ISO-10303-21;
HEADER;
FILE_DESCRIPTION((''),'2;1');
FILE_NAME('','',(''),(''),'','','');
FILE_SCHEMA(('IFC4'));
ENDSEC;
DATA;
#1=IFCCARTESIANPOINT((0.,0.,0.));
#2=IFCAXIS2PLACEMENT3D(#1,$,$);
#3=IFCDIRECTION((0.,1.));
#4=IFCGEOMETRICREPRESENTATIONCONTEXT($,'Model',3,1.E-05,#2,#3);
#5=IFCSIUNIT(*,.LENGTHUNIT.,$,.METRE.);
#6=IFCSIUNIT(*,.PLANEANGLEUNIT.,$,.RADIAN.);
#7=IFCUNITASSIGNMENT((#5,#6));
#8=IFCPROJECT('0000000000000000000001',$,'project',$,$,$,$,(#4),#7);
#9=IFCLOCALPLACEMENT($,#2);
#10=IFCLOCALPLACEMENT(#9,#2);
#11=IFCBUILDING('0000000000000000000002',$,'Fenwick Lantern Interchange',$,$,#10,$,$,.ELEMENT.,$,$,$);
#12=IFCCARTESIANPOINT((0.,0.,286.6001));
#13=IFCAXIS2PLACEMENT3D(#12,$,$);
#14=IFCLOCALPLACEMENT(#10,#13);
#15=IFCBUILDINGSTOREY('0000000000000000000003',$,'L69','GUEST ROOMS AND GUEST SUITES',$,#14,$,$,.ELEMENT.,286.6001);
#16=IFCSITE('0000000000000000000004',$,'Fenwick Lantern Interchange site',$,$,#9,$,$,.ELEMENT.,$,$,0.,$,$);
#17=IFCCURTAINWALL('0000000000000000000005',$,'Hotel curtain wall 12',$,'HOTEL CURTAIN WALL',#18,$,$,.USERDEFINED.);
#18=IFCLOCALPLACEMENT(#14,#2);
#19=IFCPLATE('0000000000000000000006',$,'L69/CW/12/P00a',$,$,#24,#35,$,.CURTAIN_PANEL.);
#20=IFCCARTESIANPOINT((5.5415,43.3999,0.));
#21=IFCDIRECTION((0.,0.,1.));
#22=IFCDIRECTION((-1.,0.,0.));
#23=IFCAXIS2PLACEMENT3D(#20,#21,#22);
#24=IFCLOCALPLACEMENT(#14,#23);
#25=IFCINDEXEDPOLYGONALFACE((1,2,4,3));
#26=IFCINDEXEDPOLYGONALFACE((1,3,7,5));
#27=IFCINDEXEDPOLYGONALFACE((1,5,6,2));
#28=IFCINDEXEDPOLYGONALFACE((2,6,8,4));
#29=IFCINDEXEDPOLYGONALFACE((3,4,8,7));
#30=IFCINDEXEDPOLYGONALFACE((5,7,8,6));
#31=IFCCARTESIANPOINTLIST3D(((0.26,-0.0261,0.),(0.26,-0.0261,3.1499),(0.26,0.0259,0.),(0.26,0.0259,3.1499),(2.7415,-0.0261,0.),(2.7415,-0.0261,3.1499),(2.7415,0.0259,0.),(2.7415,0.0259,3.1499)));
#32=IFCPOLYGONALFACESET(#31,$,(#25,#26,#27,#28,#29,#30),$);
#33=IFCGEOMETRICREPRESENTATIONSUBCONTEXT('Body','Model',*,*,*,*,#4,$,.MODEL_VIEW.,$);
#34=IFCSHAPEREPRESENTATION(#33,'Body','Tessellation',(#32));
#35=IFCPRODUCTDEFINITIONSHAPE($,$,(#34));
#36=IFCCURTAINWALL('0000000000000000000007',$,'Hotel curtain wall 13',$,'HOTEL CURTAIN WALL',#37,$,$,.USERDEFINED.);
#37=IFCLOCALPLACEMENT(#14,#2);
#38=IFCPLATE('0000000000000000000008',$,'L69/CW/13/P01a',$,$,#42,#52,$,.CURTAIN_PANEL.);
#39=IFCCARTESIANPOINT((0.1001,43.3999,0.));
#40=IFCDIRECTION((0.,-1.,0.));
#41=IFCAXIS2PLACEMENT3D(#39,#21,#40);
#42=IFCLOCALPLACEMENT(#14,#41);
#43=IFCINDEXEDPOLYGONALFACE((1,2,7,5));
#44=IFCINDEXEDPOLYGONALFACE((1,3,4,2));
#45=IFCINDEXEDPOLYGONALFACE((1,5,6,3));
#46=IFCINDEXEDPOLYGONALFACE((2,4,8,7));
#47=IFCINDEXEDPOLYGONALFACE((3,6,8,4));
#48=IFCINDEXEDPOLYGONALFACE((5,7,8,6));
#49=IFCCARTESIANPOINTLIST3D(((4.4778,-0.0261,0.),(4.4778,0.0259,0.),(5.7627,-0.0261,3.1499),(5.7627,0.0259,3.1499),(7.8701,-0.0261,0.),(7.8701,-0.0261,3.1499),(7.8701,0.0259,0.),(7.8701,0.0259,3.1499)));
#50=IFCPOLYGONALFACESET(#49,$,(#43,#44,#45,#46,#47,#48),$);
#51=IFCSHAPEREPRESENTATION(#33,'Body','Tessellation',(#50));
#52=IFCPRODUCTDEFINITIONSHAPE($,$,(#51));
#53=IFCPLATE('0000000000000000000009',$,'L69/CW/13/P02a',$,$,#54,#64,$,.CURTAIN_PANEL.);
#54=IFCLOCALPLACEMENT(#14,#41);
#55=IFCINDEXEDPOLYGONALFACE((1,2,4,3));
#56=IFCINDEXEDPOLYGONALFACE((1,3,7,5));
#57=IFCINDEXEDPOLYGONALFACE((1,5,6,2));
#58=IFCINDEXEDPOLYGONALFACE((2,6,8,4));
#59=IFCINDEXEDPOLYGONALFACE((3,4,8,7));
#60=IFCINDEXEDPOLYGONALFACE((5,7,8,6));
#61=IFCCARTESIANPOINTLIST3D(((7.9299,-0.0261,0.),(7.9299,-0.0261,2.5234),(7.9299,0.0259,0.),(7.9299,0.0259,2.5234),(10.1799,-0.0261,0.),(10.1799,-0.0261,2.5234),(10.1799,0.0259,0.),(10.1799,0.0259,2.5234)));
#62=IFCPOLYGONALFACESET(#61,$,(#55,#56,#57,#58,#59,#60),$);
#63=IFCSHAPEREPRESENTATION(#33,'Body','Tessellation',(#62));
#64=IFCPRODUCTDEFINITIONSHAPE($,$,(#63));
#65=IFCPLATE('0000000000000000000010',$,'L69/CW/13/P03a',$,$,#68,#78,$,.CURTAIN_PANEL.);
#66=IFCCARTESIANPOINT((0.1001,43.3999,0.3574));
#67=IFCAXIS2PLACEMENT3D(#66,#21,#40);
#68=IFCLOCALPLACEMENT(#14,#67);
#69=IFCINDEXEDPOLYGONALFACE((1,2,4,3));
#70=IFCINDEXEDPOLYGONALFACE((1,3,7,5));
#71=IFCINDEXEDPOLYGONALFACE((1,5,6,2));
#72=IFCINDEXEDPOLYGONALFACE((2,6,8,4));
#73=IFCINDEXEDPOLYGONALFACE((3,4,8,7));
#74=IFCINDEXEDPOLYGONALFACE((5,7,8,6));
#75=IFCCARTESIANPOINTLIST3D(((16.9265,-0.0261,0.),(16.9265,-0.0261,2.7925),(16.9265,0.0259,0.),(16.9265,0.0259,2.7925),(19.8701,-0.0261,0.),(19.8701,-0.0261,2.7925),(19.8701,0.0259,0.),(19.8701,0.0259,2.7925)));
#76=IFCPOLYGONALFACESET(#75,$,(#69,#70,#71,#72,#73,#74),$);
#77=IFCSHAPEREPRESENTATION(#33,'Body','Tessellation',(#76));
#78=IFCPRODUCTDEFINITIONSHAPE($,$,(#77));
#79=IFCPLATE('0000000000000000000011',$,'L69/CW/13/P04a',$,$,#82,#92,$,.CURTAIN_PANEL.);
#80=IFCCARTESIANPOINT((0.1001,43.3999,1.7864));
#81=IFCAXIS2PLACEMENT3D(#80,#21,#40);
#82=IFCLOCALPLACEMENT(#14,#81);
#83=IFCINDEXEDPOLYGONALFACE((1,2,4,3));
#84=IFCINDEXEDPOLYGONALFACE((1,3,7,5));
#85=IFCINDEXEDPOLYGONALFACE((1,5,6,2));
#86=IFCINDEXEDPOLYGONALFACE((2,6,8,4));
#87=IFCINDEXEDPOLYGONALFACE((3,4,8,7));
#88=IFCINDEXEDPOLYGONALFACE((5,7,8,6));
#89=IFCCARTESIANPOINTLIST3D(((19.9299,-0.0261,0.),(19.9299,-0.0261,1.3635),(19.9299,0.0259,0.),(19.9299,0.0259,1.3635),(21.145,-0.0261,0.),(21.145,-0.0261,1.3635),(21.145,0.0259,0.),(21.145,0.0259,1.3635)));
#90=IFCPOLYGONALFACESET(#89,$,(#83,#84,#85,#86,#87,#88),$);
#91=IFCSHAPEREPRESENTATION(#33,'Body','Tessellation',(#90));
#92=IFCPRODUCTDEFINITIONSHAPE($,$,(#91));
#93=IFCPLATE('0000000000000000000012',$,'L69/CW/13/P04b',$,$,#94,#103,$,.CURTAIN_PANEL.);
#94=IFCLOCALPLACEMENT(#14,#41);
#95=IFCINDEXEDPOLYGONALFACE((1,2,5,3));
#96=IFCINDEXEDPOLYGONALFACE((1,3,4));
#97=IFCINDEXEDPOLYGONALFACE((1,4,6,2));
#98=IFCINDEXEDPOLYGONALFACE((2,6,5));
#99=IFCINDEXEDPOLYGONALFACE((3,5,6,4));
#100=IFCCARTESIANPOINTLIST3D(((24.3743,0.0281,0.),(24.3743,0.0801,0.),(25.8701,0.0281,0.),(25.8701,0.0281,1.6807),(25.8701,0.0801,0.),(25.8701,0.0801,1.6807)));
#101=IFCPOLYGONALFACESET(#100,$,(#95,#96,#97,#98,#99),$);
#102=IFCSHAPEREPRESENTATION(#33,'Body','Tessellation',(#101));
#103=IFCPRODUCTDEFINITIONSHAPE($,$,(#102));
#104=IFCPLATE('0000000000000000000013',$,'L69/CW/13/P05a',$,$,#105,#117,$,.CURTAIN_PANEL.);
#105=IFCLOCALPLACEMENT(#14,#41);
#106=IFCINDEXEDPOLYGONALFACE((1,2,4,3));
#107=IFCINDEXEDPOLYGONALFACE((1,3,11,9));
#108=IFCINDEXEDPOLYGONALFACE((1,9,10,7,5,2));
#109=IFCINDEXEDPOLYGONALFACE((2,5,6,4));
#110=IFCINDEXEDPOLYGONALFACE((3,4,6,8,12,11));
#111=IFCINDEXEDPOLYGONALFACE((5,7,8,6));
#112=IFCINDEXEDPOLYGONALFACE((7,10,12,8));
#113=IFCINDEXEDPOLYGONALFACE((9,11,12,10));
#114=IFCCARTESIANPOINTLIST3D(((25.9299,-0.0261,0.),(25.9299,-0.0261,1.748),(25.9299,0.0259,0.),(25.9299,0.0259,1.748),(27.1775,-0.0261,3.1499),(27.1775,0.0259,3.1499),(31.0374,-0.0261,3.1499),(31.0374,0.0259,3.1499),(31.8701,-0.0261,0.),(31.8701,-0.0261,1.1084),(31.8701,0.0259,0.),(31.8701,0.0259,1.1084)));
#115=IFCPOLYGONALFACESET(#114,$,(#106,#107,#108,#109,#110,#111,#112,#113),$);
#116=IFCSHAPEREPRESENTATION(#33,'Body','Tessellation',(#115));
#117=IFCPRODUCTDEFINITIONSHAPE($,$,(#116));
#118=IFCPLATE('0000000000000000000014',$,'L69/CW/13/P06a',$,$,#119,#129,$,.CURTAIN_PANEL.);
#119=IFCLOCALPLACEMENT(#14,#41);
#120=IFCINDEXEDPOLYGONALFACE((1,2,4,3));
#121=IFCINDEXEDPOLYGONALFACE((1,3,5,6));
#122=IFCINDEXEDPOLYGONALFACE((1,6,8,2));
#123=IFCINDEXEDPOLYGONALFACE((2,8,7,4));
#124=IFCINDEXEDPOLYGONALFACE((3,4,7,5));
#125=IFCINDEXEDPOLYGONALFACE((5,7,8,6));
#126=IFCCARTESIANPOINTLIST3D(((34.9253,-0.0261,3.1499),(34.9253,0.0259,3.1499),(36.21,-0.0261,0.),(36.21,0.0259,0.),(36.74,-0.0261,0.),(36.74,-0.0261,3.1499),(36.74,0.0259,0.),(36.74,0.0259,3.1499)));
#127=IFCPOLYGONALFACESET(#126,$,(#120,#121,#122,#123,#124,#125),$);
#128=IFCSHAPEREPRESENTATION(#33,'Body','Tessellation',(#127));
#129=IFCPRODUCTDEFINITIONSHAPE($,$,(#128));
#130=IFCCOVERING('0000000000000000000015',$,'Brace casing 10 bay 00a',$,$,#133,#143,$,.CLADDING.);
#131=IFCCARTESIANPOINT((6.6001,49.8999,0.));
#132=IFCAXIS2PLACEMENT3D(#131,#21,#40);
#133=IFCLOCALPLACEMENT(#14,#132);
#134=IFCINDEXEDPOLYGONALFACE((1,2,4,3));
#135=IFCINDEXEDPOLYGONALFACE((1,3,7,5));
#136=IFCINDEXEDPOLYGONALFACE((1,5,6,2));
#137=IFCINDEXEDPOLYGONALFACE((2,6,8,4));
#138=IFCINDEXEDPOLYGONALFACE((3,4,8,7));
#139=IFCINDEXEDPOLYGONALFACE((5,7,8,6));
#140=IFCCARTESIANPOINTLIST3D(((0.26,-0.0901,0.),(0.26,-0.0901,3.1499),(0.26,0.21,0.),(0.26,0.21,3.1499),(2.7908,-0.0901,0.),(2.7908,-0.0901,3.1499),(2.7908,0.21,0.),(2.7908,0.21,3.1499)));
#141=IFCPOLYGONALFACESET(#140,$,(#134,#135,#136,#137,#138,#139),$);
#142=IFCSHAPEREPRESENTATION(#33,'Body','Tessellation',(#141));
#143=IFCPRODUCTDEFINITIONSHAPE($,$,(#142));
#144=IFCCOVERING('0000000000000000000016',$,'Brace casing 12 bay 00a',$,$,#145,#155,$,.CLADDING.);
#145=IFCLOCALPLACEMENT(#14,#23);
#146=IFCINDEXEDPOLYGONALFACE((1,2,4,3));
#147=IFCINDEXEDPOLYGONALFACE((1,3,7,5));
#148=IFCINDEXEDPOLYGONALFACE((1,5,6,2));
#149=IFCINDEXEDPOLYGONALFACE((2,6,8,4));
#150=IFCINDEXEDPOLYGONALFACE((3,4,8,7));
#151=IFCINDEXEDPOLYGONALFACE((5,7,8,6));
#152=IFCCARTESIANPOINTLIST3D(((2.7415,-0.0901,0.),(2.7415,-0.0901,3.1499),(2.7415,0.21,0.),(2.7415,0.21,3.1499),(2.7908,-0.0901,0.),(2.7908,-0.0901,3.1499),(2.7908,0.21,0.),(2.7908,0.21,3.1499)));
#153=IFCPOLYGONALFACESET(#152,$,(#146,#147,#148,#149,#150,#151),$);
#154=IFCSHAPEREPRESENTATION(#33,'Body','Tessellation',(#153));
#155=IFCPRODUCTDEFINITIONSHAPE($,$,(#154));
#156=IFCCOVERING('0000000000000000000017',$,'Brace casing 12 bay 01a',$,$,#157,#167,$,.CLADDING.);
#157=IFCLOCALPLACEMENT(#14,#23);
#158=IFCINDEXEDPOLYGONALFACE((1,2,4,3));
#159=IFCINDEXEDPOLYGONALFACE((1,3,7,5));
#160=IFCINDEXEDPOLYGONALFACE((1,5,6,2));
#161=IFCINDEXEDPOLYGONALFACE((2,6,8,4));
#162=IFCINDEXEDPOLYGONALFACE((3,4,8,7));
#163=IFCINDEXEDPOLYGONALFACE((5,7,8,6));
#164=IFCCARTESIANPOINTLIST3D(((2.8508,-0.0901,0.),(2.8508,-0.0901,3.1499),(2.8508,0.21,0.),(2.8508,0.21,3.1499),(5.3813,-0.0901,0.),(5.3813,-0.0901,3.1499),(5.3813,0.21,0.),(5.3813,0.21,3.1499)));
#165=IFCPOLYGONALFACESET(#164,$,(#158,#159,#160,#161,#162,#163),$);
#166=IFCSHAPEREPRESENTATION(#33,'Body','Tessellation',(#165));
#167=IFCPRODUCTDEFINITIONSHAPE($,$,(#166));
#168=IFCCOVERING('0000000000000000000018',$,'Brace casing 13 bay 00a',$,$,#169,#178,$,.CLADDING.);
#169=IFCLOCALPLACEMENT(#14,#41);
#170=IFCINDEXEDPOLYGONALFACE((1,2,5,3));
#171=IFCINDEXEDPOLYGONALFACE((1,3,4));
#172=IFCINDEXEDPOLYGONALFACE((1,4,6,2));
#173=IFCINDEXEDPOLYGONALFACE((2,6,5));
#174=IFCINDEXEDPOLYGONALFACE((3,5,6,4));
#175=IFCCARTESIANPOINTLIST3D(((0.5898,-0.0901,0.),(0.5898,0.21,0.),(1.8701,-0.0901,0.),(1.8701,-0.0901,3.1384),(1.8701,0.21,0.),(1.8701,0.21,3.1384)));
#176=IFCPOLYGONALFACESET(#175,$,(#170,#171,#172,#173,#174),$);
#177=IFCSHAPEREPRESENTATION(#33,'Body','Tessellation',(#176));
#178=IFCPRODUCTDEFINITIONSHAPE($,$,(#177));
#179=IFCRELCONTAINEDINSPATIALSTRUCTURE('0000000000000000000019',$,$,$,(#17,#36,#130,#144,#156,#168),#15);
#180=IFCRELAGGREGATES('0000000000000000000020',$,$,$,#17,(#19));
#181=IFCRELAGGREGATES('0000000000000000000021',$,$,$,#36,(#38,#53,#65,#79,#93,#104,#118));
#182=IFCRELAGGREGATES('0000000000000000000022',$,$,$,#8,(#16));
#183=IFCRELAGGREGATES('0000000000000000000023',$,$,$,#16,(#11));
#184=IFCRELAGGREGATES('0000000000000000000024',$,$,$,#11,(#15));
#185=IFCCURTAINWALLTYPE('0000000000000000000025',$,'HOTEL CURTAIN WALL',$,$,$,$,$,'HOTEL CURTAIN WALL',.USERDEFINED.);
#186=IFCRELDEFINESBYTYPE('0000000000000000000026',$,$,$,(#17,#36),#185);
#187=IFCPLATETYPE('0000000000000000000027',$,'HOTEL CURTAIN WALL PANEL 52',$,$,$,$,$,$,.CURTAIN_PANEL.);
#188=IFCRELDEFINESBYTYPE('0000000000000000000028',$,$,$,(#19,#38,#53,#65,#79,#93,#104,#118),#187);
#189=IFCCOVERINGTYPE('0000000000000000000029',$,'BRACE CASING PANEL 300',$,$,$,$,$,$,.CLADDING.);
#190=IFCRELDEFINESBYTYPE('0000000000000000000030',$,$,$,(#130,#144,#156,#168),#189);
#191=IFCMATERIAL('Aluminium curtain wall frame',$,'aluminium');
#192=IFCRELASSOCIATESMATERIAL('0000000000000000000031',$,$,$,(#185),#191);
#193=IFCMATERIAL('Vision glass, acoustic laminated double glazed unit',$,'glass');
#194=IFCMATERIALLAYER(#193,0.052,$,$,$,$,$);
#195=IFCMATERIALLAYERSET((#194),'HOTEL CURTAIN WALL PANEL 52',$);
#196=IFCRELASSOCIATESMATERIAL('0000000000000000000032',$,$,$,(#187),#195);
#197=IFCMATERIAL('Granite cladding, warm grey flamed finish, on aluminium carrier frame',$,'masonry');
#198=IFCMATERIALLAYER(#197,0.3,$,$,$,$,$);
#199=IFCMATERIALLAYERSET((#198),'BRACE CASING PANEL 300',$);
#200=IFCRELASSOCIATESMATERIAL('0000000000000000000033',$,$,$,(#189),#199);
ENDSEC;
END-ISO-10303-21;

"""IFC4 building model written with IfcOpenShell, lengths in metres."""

from ifc_helpers import new_model, si_unit, direction, frame, origin, place, context, subcontext, project, spatial, polyline, outline, extrude, material, layer, layer_set, type_object, element, aggregate, save


model = new_model("IFC4")

# Units and contexts
model_context = context("Model", 3, precision=1e-05, world=origin(), true_north=direction((0.0, 1.0)))
body_context = subcontext(model_context, "Body", "Model", "MODEL_VIEW")
ifc_project = project(units=[si_unit("LENGTHUNIT", "METRE"), si_unit("PLANEANGLEUNIT", "RADIAN")], contexts=[model_context])

# Site, building, storey
site_placement = place(None, origin())
site = spatial("IfcSite", under=ifc_project, at=site_placement, Name="Fenwick Lantern Interchange site", CompositionType="ELEMENT", RefElevation=0.0)
building_placement = place(site_placement, origin())
building = spatial("IfcBuilding", under=site, at=building_placement, Name="Fenwick Lantern Interchange", CompositionType="ELEMENT")
storey_placement = place(building_placement, frame((0.0, 0.0, 286.6001)))
storey = spatial("IfcBuildingStorey", under=building, at=storey_placement, Name="L69", Description="GUEST ROOMS AND GUEST SUITES", CompositionType="ELEMENT", Elevation=286.6001)

# Shared definitions
ifc_material_1 = material(Name="Aluminium curtain wall frame", Category="aluminium")
curtain_wall_type = type_object("IfcCurtainWallType", Name="HOTEL CURTAIN WALL", ElementType="HOTEL CURTAIN WALL", PredefinedType="USERDEFINED", material=ifc_material_1)

# Curtain wall
curtain_wall_1_placement = place(storey_placement, origin())
curtain_wall_1 = element("IfcCurtainWall", 1, at=curtain_wall_1_placement, inside=storey, type_object=curtain_wall_type, Name="Hotel curtain wall 12", ObjectType="HOTEL CURTAIN WALL", PredefinedType="USERDEFINED")

# Plate
ifc_material_2 = material(Name="Vision glass, acoustic laminated double glazed unit", Category="glass")
ifc_layer_1 = layer(ifc_material_2, 0.052)
ifc_layer_set_1 = layer_set([ifc_layer_1], Name="HOTEL CURTAIN WALL PANEL 52")
plate_type = type_object("IfcPlateType", Name="HOTEL CURTAIN WALL PANEL 52", PredefinedType="CURTAIN_PANEL", material=ifc_layer_set_1)
plate_1_placement = place(storey_placement, frame((5.5415, 43.3999, 0.0), z_axis=(0.0, 0.0, 1.0), x_axis=(-1.0, 0.0, 0.0)))
plate_1 = element("IfcPlate", 2, at=plate_1_placement, type_object=plate_type, Name="L69/CW/12/P00a", PredefinedType="CURTAIN_PANEL", context=body_context, shape_type="SweptSolid", body=[
    extrude(outline(polyline([(0.26, 0.0), (2.7415, 0.0), (2.7415, 3.1499), (0.26, 3.1499), (0.26, 0.0)])), frame((0.0, 0.0259, 0.0), z_axis=(0.0, -1.0, 0.0), x_axis=(1.0, 0.0, 0.0)), (0.0, 0.0, 1.0), 0.052),
])
aggregate(curtain_wall_1, [plate_1])

# Curtain wall, plates
curtain_wall_2_placement = place(storey_placement, origin())
curtain_wall_2 = element("IfcCurtainWall", 3, at=curtain_wall_2_placement, inside=storey, type_object=curtain_wall_type, Name="Hotel curtain wall 13", ObjectType="HOTEL CURTAIN WALL", PredefinedType="USERDEFINED")
plate_2_placement = place(storey_placement, frame((0.1001, 43.3999, 0.0), z_axis=(0.0, 0.0, 1.0), x_axis=(0.0, -1.0, 0.0)))
plate_2 = element("IfcPlate", 4, at=plate_2_placement, type_object=plate_type, Name="L69/CW/13/P01a", PredefinedType="CURTAIN_PANEL", context=body_context, shape_type="SweptSolid", body=[
    extrude(outline(polyline([(4.4778, 0.0), (7.8701, 0.0), (7.8701, 3.1499), (5.7627, 3.1499), (4.4778, 0.0)])), frame((0.0, 0.0259, 0.0), z_axis=(0.0, -1.0, 0.0), x_axis=(1.0, 0.0, 0.0)), (0.0, 0.0, 1.0), 0.052),
])
plate_3_placement = place(storey_placement, frame((0.1001, 43.3999, 0.0), z_axis=(0.0, 0.0, 1.0), x_axis=(0.0, -1.0, 0.0)))
plate_3 = element("IfcPlate", 5, at=plate_3_placement, type_object=plate_type, Name="L69/CW/13/P02a", PredefinedType="CURTAIN_PANEL", context=body_context, shape_type="SweptSolid", body=[
    extrude(outline(polyline([(7.9299, 0.0), (10.1799, 0.0), (10.1799, 2.5234), (7.9299, 2.5234), (7.9299, 0.0)])), frame((0.0, 0.0259, 0.0), z_axis=(0.0, -1.0, 0.0), x_axis=(1.0, 0.0, 0.0)), (0.0, 0.0, 1.0), 0.052),
])
plate_4_placement = place(storey_placement, frame((0.1001, 43.3999, 0.3574), z_axis=(0.0, 0.0, 1.0), x_axis=(0.0, -1.0, 0.0)))
plate_4 = element("IfcPlate", 6, at=plate_4_placement, type_object=plate_type, Name="L69/CW/13/P03a", PredefinedType="CURTAIN_PANEL", context=body_context, shape_type="SweptSolid", body=[
    extrude(outline(polyline([(16.9265, 0.0), (19.8701, 0.0), (19.8701, 2.7925), (16.9265, 2.7925), (16.9265, 0.0)])), frame((0.0, 0.0259, 0.0), z_axis=(0.0, -1.0, 0.0), x_axis=(1.0, 0.0, 0.0)), (0.0, 0.0, 1.0), 0.052),
])
plate_5_placement = place(storey_placement, frame((0.1001, 43.3999, 1.7864), z_axis=(0.0, 0.0, 1.0), x_axis=(0.0, -1.0, 0.0)))
plate_5 = element("IfcPlate", 7, at=plate_5_placement, type_object=plate_type, Name="L69/CW/13/P04a", PredefinedType="CURTAIN_PANEL", context=body_context, shape_type="SweptSolid", body=[
    extrude(outline(polyline([(19.9299, 0.0), (21.145, 0.0), (21.145, 1.3635), (19.9299, 1.3635), (19.9299, 0.0)])), frame((0.0, 0.0259, 0.0), z_axis=(0.0, -1.0, 0.0), x_axis=(1.0, 0.0, 0.0)), (0.0, 0.0, 1.0), 0.052),
])
plate_6_placement = place(storey_placement, frame((0.1001, 43.3999, 0.0), z_axis=(0.0, 0.0, 1.0), x_axis=(0.0, -1.0, 0.0)))
plate_6 = element("IfcPlate", 8, at=plate_6_placement, type_object=plate_type, Name="L69/CW/13/P04b", PredefinedType="CURTAIN_PANEL", context=body_context, shape_type="SweptSolid", body=[
    extrude(outline(polyline([(24.3743, 0.0), (25.8701, 0.0), (25.8701, 1.6807), (24.3743, 0.0)])), frame((0.0, 0.0801, 0.0), z_axis=(0.0, -1.0, 0.0), x_axis=(1.0, 0.0, 0.0)), (0.0, 0.0, 1.0), 0.052),
])
plate_7_placement = place(storey_placement, frame((0.1001, 43.3999, 0.0), z_axis=(0.0, 0.0, 1.0), x_axis=(0.0, -1.0, 0.0)))
plate_7 = element("IfcPlate", 9, at=plate_7_placement, type_object=plate_type, Name="L69/CW/13/P05a", PredefinedType="CURTAIN_PANEL", context=body_context, shape_type="SweptSolid", body=[
    extrude(outline(polyline([(25.9299, 0.0), (31.8701, 0.0), (31.8701, 1.1084), (31.0374, 3.1499), (27.1775, 3.1499), (25.9299, 1.748), (25.9299, 0.0)])), frame((0.0, 0.0259, 0.0), z_axis=(0.0, -1.0, 0.0), x_axis=(1.0, 0.0, 0.0)), (0.0, 0.0, 1.0), 0.052),
])
plate_8_placement = place(storey_placement, frame((0.1001, 43.3999, 0.0), z_axis=(0.0, 0.0, 1.0), x_axis=(0.0, -1.0, 0.0)))
plate_8 = element("IfcPlate", 10, at=plate_8_placement, type_object=plate_type, Name="L69/CW/13/P06a", PredefinedType="CURTAIN_PANEL", context=body_context, shape_type="SweptSolid", body=[
    extrude(outline(polyline([(36.21, 0.0), (36.74, 0.0), (36.74, 3.1499), (34.9253, 3.1499), (36.21, 0.0)])), frame((0.0, 0.0259, 0.0), z_axis=(0.0, -1.0, 0.0), x_axis=(1.0, 0.0, 0.0)), (0.0, 0.0, 1.0), 0.052),
])
aggregate(curtain_wall_2, [plate_2, plate_3, plate_4, plate_5, plate_6, plate_7, plate_8])

# Coverings
ifc_material_3 = material(Name="Granite cladding, warm grey flamed finish, on aluminium carrier frame", Category="masonry")
ifc_layer_2 = layer(ifc_material_3, 0.3)
ifc_layer_set_2 = layer_set([ifc_layer_2], Name="BRACE CASING PANEL 300")
covering_type = type_object("IfcCoveringType", Name="BRACE CASING PANEL 300", PredefinedType="CLADDING", material=ifc_layer_set_2)
covering_1_placement = place(storey_placement, frame((6.6001, 49.8999, 0.0), z_axis=(0.0, 0.0, 1.0), x_axis=(0.0, -1.0, 0.0)))
element("IfcCovering", 11, at=covering_1_placement, inside=storey, type_object=covering_type, Name="Brace casing 10 bay 00a", PredefinedType="CLADDING", context=body_context, shape_type="SweptSolid", body=[
    extrude(outline(polyline([(0.26, 0.0), (2.7908, 0.0), (2.7908, 3.1499), (0.26, 3.1499), (0.26, 0.0)])), frame((0.0, 0.21, 0.0), z_axis=(0.0, -1.0, 0.0), x_axis=(1.0, 0.0, 0.0)), (0.0, 0.0, 1.0), 0.3),
])
covering_2_placement = place(storey_placement, frame((5.5415, 43.3999, 0.0), z_axis=(0.0, 0.0, 1.0), x_axis=(-1.0, 0.0, 0.0)))
element("IfcCovering", 12, at=covering_2_placement, inside=storey, type_object=covering_type, Name="Brace casing 12 bay 00a", PredefinedType="CLADDING", context=body_context, shape_type="SweptSolid", body=[
    extrude(outline(polyline([(2.7415, 0.0), (2.7908, 0.0), (2.7908, 3.1499), (2.7415, 3.1499), (2.7415, 0.0)])), frame((0.0, 0.21, 0.0), z_axis=(0.0, -1.0, 0.0), x_axis=(1.0, 0.0, 0.0)), (0.0, 0.0, 1.0), 0.3),
])
covering_3_placement = place(storey_placement, frame((5.5415, 43.3999, 0.0), z_axis=(0.0, 0.0, 1.0), x_axis=(-1.0, 0.0, 0.0)))
element("IfcCovering", 13, at=covering_3_placement, inside=storey, type_object=covering_type, Name="Brace casing 12 bay 01a", PredefinedType="CLADDING", context=body_context, shape_type="SweptSolid", body=[
    extrude(outline(polyline([(2.8508, 0.0), (5.3813, 0.0), (5.3813, 3.1499), (2.8508, 3.1499), (2.8508, 0.0)])), frame((0.0, 0.21, 0.0), z_axis=(0.0, -1.0, 0.0), x_axis=(1.0, 0.0, 0.0)), (0.0, 0.0, 1.0), 0.3),
])
covering_4_placement = place(storey_placement, frame((0.1001, 43.3999, 0.0), z_axis=(0.0, 0.0, 1.0), x_axis=(0.0, -1.0, 0.0)))
element("IfcCovering", 14, at=covering_4_placement, inside=storey, type_object=covering_type, Name="Brace casing 13 bay 00a", PredefinedType="CLADDING", context=body_context, shape_type="SweptSolid", body=[
    extrude(outline(polyline([(0.5898, 0.0), (1.8701, 0.0), (1.8701, 3.1384), (0.5898, 0.0)])), frame((0.0, 0.21, 0.0), z_axis=(0.0, -1.0, 0.0), x_axis=(1.0, 0.0, 0.0)), (0.0, 0.0, 1.0), 0.3),
])

save(model, "model.ifc")
